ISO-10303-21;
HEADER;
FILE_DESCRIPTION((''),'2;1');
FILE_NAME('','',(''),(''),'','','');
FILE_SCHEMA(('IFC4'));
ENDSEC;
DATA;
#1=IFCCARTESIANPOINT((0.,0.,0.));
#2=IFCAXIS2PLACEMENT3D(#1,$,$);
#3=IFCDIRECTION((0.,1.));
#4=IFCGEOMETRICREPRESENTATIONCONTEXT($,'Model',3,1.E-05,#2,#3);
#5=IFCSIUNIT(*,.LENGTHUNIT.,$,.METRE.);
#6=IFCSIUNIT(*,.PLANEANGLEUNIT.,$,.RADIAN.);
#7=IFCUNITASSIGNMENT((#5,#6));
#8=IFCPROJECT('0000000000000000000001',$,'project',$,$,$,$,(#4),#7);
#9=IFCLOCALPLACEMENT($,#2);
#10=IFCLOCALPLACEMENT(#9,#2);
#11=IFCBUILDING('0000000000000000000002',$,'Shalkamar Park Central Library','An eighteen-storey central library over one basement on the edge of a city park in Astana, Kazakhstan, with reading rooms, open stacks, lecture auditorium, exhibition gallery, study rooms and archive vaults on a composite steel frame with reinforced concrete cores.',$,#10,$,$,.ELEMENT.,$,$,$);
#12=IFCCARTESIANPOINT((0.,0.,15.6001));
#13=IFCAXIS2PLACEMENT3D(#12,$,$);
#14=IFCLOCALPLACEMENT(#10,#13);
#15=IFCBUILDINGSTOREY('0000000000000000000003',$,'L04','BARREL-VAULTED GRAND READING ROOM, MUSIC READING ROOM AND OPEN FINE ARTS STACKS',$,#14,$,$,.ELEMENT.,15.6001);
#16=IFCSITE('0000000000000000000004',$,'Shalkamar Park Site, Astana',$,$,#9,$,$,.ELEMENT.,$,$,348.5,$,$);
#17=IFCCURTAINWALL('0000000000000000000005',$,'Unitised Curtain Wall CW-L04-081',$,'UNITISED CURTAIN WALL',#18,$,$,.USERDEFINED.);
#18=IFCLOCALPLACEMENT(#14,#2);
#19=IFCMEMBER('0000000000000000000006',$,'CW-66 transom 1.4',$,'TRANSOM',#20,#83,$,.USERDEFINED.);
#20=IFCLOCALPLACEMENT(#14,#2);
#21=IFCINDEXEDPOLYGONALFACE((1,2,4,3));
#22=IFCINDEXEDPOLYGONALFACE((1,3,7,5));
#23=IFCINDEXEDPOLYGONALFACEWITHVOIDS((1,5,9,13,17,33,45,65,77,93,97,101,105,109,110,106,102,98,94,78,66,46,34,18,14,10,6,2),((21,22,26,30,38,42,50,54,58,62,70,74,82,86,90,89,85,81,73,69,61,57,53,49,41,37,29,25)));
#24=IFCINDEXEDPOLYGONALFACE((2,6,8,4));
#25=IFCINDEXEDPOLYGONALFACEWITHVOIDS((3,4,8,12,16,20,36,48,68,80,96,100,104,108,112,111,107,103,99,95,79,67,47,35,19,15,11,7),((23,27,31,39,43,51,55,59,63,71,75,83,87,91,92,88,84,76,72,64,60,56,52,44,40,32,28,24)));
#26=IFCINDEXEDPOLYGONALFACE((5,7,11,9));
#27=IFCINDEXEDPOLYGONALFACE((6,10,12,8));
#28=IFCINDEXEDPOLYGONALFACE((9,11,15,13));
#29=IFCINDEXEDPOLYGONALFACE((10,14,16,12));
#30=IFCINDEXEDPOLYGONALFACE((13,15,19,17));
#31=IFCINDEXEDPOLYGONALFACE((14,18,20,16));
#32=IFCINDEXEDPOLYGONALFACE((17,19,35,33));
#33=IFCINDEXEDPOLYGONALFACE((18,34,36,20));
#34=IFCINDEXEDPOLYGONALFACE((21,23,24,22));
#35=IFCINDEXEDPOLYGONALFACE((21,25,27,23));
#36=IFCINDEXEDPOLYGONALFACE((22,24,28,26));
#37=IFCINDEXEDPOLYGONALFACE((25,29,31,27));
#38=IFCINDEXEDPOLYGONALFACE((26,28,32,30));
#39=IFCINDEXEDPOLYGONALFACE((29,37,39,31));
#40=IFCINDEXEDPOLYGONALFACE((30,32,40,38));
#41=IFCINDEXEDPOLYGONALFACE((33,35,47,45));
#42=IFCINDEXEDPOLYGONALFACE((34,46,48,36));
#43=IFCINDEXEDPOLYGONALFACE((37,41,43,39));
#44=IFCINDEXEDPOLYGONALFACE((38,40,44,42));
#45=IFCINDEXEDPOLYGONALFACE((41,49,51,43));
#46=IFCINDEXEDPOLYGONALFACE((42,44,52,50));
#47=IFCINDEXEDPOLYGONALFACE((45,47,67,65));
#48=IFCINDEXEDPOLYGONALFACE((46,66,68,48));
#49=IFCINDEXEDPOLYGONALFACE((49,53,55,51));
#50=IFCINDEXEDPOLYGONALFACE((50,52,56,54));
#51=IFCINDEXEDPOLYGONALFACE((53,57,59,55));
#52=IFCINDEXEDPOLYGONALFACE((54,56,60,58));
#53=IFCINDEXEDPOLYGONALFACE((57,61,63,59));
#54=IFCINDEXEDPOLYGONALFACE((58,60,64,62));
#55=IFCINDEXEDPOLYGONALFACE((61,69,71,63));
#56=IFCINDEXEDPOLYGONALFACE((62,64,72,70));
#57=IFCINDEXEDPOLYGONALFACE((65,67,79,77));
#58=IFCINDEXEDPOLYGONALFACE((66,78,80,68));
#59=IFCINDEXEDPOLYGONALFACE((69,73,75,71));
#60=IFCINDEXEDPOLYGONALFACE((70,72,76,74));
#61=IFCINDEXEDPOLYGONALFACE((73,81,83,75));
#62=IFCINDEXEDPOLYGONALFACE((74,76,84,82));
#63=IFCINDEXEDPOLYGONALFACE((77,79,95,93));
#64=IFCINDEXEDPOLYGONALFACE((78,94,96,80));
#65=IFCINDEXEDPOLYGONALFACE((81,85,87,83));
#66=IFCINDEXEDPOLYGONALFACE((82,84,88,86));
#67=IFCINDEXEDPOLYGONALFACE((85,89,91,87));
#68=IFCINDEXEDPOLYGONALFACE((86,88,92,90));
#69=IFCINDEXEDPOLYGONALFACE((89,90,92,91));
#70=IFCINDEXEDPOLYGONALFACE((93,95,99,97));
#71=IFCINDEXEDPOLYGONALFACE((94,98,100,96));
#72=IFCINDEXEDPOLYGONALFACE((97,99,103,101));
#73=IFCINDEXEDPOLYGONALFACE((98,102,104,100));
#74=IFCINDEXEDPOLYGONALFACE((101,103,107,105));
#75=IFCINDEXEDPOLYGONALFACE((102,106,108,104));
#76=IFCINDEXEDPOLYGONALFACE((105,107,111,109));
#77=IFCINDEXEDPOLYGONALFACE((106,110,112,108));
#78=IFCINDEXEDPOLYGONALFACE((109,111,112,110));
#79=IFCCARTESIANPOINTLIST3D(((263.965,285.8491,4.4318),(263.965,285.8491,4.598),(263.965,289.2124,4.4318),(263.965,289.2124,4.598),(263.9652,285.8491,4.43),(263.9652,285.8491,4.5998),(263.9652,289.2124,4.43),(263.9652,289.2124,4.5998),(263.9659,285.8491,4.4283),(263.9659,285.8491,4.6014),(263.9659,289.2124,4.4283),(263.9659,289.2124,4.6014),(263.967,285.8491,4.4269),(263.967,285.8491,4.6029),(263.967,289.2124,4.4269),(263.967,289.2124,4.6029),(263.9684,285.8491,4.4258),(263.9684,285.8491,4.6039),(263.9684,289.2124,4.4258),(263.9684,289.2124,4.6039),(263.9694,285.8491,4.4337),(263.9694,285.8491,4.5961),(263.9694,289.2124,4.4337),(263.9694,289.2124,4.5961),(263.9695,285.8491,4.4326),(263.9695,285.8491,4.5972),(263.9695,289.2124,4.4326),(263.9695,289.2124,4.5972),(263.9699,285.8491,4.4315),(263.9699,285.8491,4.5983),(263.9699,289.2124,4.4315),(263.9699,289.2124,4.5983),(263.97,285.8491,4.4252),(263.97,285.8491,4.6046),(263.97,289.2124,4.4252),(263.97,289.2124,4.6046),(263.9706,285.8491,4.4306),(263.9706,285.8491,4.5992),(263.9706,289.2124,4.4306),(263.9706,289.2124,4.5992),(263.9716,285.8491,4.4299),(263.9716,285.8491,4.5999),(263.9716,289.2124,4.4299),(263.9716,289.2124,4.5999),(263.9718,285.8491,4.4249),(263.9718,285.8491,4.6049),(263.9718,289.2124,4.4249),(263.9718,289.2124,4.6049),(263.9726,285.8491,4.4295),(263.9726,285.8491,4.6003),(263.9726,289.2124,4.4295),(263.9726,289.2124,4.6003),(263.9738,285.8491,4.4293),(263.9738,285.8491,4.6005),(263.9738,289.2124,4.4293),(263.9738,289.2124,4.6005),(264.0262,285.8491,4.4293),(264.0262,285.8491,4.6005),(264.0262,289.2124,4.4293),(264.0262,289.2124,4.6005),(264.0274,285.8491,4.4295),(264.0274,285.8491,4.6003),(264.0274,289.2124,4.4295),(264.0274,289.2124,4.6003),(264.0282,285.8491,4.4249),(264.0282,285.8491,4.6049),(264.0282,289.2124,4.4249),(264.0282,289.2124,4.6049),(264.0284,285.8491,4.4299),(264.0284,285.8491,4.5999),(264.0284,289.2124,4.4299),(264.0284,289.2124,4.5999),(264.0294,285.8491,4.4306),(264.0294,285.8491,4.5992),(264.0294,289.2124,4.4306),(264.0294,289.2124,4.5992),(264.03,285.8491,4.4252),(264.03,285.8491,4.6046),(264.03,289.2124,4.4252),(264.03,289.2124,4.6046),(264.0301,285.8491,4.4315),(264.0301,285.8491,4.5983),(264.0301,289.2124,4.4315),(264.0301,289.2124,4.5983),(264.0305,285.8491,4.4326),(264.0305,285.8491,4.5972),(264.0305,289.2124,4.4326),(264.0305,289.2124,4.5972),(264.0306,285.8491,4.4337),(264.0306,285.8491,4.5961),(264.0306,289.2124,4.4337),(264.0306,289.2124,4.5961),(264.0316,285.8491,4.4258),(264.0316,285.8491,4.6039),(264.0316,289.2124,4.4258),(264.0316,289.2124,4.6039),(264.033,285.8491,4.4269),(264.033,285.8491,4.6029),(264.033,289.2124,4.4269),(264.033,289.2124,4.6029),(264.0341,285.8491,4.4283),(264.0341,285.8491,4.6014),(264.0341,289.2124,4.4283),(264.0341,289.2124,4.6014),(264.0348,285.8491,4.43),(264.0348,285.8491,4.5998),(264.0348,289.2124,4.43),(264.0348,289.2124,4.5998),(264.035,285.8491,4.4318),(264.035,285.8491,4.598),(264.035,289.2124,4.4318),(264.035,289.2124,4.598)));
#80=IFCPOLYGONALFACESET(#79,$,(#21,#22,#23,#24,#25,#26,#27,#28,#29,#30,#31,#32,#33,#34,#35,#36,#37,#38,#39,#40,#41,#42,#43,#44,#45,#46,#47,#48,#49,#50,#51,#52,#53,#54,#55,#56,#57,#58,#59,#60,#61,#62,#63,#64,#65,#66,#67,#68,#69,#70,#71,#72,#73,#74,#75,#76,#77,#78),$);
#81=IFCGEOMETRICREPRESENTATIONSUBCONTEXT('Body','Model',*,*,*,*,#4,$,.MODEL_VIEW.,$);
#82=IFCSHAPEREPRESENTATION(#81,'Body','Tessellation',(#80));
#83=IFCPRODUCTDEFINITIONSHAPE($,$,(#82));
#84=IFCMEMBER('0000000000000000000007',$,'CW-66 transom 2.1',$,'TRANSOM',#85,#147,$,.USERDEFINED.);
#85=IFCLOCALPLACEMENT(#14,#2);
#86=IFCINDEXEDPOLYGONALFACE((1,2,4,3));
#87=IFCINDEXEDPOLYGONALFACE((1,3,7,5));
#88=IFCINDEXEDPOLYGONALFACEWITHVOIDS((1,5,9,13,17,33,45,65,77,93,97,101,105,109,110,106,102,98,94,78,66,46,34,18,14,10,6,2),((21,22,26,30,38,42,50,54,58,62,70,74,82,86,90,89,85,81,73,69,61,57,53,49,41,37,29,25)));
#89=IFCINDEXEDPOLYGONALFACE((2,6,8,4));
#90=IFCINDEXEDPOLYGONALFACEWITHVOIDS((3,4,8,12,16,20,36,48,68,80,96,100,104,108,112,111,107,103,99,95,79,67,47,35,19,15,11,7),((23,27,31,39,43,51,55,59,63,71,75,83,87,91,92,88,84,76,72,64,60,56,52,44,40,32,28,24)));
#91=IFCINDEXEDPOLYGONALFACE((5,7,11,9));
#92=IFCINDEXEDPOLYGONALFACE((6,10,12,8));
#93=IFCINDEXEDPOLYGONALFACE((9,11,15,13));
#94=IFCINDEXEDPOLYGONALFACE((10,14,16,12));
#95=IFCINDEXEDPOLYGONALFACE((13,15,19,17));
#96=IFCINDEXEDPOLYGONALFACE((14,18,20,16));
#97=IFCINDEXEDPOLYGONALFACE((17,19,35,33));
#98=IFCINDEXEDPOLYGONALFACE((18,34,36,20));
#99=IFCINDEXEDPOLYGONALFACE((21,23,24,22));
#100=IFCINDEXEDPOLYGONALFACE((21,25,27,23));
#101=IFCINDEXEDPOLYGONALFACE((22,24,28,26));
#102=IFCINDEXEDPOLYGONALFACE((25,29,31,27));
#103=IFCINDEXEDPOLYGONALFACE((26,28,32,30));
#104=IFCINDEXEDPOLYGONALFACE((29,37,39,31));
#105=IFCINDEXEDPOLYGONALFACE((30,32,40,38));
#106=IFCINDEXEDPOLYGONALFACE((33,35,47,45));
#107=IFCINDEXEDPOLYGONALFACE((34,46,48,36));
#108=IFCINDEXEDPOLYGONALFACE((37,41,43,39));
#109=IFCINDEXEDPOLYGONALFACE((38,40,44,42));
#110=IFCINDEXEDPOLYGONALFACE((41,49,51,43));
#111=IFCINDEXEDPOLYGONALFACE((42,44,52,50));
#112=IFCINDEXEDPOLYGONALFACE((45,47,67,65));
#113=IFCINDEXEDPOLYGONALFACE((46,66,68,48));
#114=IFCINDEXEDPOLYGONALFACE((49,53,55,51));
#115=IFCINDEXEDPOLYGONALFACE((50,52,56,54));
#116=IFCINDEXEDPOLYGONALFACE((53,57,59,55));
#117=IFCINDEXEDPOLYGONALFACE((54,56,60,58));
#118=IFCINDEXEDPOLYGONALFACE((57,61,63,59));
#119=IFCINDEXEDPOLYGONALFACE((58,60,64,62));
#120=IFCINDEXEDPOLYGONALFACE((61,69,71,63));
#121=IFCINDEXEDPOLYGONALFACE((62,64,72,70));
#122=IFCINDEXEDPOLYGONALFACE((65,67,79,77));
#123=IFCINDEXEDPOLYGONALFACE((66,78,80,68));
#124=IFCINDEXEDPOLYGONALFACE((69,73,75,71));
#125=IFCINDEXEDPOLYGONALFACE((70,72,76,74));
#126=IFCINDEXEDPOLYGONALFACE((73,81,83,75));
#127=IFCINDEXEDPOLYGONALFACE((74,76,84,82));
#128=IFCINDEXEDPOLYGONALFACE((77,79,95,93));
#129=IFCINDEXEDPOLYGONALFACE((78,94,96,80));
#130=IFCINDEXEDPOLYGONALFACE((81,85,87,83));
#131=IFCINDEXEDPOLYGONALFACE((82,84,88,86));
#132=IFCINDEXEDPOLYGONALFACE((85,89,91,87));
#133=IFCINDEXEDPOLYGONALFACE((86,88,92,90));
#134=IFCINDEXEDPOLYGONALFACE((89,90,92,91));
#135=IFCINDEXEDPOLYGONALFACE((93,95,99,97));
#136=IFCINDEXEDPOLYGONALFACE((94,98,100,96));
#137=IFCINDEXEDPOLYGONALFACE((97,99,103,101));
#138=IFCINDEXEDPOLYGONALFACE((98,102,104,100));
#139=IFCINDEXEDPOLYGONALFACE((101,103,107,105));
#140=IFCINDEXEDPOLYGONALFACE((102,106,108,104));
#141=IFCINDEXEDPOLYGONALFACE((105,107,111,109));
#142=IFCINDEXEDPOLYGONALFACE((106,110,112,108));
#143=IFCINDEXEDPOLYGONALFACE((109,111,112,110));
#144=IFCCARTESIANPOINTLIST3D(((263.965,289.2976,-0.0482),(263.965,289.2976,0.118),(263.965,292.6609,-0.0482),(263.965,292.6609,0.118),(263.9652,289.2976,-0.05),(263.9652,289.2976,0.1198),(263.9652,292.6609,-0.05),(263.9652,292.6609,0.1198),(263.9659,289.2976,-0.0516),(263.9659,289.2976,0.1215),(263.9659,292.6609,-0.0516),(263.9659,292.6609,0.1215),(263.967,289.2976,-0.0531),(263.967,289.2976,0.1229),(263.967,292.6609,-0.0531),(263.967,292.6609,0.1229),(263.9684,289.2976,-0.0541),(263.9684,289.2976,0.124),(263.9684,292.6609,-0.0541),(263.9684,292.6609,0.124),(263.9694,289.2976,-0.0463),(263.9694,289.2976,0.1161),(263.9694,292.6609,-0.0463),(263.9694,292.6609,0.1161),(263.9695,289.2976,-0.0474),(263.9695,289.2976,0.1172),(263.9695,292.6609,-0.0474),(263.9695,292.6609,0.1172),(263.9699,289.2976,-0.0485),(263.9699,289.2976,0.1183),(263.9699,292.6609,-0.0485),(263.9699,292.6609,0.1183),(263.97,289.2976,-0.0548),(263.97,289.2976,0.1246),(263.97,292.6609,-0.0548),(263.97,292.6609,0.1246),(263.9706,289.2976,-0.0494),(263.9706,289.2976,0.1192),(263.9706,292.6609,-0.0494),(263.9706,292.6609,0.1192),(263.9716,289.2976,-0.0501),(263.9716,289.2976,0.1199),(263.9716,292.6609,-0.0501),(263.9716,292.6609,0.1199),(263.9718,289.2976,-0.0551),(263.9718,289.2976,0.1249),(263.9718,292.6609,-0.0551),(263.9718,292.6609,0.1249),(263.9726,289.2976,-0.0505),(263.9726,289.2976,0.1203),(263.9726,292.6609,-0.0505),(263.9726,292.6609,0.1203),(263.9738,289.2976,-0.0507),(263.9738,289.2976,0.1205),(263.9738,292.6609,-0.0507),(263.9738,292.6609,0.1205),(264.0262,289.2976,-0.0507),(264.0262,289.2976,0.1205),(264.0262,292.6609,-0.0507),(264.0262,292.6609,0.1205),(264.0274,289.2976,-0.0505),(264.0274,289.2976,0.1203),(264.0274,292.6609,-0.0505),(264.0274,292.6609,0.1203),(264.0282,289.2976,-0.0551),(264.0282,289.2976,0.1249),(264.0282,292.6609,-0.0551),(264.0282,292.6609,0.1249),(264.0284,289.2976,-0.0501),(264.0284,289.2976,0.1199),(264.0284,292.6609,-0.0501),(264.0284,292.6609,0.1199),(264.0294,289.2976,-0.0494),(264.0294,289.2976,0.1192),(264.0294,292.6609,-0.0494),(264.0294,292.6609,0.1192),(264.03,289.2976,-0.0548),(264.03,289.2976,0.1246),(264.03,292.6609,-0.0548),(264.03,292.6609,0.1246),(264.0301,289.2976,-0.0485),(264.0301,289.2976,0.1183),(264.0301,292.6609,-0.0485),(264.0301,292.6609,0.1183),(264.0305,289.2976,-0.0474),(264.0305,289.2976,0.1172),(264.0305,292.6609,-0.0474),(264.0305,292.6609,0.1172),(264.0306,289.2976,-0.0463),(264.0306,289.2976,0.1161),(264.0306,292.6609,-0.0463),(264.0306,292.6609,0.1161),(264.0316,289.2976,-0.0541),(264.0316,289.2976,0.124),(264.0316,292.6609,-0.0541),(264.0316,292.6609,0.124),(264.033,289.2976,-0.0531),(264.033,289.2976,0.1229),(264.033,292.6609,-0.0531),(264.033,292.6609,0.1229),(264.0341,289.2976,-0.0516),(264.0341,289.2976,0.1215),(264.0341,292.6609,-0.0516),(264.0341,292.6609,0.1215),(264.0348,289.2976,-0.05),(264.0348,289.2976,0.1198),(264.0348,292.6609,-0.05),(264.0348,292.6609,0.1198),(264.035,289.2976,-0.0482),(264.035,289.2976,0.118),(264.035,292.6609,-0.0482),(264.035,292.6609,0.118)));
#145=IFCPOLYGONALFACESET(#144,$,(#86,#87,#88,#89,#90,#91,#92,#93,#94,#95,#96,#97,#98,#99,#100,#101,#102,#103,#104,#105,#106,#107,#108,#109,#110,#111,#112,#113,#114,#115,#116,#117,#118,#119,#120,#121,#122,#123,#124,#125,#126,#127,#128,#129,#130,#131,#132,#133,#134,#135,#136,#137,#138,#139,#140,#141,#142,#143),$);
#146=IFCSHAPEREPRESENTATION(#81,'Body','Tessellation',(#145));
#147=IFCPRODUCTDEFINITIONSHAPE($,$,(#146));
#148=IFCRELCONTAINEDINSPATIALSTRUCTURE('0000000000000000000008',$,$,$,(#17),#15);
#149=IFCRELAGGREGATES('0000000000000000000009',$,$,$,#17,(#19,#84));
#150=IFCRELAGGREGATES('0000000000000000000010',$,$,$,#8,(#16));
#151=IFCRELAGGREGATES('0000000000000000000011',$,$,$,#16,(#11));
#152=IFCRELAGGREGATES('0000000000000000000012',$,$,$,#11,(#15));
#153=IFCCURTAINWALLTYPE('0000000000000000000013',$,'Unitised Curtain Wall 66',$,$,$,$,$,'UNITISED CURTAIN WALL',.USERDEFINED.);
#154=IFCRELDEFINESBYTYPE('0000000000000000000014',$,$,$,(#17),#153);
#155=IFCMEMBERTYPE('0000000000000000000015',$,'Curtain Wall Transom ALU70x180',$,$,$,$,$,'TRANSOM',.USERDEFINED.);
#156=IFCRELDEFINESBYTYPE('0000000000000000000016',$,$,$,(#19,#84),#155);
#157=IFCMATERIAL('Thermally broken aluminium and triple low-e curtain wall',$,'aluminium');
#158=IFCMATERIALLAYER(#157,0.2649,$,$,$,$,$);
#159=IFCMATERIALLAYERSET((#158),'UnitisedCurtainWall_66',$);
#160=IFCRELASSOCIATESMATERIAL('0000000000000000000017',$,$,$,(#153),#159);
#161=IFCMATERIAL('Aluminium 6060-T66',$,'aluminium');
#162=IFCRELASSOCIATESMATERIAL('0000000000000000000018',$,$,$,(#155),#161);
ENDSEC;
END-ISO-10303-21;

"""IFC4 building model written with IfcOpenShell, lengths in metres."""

from ifc_helpers import new_model, si_unit, direction, frame, origin, origin_2d, place, context, subcontext, project, spatial, hollow_rectangle, extrude, material, layer, layer_set, material_profile, profile_set, type_object, element, aggregate, save


model = new_model("IFC4")

# Units and contexts
model_context = context("Model", 3, precision=1e-05, world=origin(), true_north=direction((0.0, 1.0)))
body_context = subcontext(model_context, "Body", "Model", "MODEL_VIEW")
ifc_project = project(units=[si_unit("LENGTHUNIT", "METRE"), si_unit("PLANEANGLEUNIT", "RADIAN")], contexts=[model_context])

# Site, building, storey
site_placement = place(None, origin())
site = spatial("IfcSite", under=ifc_project, at=site_placement, Name="Shalkamar Park Site, Astana", CompositionType="ELEMENT", RefElevation=348.5)
building_placement = place(site_placement, origin())
building = spatial("IfcBuilding", under=site, at=building_placement, Name="Shalkamar Park Central Library", Description="An eighteen-storey central library over one basement on the edge of a city park in Astana, Kazakhstan, with reading rooms, open stacks, lecture auditorium, exhibition gallery, study rooms and archive vaults on a composite steel frame with reinforced concrete cores.", CompositionType="ELEMENT")
storey_placement = place(building_placement, frame((0.0, 0.0, 15.6001)))
storey = spatial("IfcBuildingStorey", under=building, at=storey_placement, Name="L04", Description="BARREL-VAULTED GRAND READING ROOM, MUSIC READING ROOM AND OPEN FINE ARTS STACKS", CompositionType="ELEMENT", Elevation=15.6001)

# Curtain wall, members
ifc_material_1 = material(Name="Thermally broken aluminium and triple low-e curtain wall", Category="aluminium")
ifc_layer_1 = layer(ifc_material_1, 0.2649)
ifc_layer_set_1 = layer_set([ifc_layer_1], Name="UnitisedCurtainWall_66")
curtain_wall_type = type_object("IfcCurtainWallType", Name="Unitised Curtain Wall 66", ElementType="UNITISED CURTAIN WALL", PredefinedType="USERDEFINED", material=ifc_layer_set_1)
curtain_wall_placement = place(storey_placement, origin())
curtain_wall = element("IfcCurtainWall", 1, at=curtain_wall_placement, inside=storey, type_object=curtain_wall_type, Name="Unitised Curtain Wall CW-L04-081", ObjectType="UNITISED CURTAIN WALL", PredefinedType="USERDEFINED")
ifc_material_2 = material(Name="Aluminium 6060-T66", Category="aluminium")
ifc_material_profile_1 = material_profile(ifc_material_2, hollow_rectangle(XDim=0.0701, YDim=0.1799, WallThickness=0.0044, InnerFilletRadius=0.0044, OuterFilletRadius=0.0068, at=origin_2d()), Name="ALU 70x180x4.5")
ifc_profile_set_1 = profile_set([ifc_material_profile_1], Name="Aluminium 6060-T66")
member_type_1 = type_object("IfcMemberType", Name="Curtain Wall Transom ALU70x180", ElementType="TRANSOM", PredefinedType="USERDEFINED", material=ifc_profile_set_1)
member_1_placement = place(storey_placement, frame((264.0, 285.8491, 4.5149), z_axis=(0.0, 1.0, 0.0), x_axis=(-1.0, 0.0, 0.0)))
member_1 = element("IfcMember", 2, at=member_1_placement, type_object=member_type_1, Name="CW-66 transom 1.4", ObjectType="TRANSOM", PredefinedType="USERDEFINED", context=body_context, shape_type="SweptSolid", body=[
    extrude(hollow_rectangle(XDim=0.0701, YDim=0.1799, WallThickness=0.0044, InnerFilletRadius=0.0044, OuterFilletRadius=0.0068, at=origin_2d()), origin(), (0.0, 0.0, 1.0), 3.3633),
])
member_2_placement = place(storey_placement, frame((264.0, 289.2976, 0.0349), z_axis=(0.0, 1.0, 0.0), x_axis=(-1.0, 0.0, 0.0)))
member_2 = element("IfcMember", 3, at=member_2_placement, type_object=member_type_1, Name="CW-66 transom 2.1", ObjectType="TRANSOM", PredefinedType="USERDEFINED", context=body_context, shape_type="SweptSolid", body=[
    extrude(hollow_rectangle(XDim=0.0701, YDim=0.1799, WallThickness=0.0044, InnerFilletRadius=0.0044, OuterFilletRadius=0.0068, at=origin_2d()), origin(), (0.0, 0.0, 1.0), 3.3633),
])

aggregate(curtain_wall, [member_1, member_2])

save(model, "model.ifc")
